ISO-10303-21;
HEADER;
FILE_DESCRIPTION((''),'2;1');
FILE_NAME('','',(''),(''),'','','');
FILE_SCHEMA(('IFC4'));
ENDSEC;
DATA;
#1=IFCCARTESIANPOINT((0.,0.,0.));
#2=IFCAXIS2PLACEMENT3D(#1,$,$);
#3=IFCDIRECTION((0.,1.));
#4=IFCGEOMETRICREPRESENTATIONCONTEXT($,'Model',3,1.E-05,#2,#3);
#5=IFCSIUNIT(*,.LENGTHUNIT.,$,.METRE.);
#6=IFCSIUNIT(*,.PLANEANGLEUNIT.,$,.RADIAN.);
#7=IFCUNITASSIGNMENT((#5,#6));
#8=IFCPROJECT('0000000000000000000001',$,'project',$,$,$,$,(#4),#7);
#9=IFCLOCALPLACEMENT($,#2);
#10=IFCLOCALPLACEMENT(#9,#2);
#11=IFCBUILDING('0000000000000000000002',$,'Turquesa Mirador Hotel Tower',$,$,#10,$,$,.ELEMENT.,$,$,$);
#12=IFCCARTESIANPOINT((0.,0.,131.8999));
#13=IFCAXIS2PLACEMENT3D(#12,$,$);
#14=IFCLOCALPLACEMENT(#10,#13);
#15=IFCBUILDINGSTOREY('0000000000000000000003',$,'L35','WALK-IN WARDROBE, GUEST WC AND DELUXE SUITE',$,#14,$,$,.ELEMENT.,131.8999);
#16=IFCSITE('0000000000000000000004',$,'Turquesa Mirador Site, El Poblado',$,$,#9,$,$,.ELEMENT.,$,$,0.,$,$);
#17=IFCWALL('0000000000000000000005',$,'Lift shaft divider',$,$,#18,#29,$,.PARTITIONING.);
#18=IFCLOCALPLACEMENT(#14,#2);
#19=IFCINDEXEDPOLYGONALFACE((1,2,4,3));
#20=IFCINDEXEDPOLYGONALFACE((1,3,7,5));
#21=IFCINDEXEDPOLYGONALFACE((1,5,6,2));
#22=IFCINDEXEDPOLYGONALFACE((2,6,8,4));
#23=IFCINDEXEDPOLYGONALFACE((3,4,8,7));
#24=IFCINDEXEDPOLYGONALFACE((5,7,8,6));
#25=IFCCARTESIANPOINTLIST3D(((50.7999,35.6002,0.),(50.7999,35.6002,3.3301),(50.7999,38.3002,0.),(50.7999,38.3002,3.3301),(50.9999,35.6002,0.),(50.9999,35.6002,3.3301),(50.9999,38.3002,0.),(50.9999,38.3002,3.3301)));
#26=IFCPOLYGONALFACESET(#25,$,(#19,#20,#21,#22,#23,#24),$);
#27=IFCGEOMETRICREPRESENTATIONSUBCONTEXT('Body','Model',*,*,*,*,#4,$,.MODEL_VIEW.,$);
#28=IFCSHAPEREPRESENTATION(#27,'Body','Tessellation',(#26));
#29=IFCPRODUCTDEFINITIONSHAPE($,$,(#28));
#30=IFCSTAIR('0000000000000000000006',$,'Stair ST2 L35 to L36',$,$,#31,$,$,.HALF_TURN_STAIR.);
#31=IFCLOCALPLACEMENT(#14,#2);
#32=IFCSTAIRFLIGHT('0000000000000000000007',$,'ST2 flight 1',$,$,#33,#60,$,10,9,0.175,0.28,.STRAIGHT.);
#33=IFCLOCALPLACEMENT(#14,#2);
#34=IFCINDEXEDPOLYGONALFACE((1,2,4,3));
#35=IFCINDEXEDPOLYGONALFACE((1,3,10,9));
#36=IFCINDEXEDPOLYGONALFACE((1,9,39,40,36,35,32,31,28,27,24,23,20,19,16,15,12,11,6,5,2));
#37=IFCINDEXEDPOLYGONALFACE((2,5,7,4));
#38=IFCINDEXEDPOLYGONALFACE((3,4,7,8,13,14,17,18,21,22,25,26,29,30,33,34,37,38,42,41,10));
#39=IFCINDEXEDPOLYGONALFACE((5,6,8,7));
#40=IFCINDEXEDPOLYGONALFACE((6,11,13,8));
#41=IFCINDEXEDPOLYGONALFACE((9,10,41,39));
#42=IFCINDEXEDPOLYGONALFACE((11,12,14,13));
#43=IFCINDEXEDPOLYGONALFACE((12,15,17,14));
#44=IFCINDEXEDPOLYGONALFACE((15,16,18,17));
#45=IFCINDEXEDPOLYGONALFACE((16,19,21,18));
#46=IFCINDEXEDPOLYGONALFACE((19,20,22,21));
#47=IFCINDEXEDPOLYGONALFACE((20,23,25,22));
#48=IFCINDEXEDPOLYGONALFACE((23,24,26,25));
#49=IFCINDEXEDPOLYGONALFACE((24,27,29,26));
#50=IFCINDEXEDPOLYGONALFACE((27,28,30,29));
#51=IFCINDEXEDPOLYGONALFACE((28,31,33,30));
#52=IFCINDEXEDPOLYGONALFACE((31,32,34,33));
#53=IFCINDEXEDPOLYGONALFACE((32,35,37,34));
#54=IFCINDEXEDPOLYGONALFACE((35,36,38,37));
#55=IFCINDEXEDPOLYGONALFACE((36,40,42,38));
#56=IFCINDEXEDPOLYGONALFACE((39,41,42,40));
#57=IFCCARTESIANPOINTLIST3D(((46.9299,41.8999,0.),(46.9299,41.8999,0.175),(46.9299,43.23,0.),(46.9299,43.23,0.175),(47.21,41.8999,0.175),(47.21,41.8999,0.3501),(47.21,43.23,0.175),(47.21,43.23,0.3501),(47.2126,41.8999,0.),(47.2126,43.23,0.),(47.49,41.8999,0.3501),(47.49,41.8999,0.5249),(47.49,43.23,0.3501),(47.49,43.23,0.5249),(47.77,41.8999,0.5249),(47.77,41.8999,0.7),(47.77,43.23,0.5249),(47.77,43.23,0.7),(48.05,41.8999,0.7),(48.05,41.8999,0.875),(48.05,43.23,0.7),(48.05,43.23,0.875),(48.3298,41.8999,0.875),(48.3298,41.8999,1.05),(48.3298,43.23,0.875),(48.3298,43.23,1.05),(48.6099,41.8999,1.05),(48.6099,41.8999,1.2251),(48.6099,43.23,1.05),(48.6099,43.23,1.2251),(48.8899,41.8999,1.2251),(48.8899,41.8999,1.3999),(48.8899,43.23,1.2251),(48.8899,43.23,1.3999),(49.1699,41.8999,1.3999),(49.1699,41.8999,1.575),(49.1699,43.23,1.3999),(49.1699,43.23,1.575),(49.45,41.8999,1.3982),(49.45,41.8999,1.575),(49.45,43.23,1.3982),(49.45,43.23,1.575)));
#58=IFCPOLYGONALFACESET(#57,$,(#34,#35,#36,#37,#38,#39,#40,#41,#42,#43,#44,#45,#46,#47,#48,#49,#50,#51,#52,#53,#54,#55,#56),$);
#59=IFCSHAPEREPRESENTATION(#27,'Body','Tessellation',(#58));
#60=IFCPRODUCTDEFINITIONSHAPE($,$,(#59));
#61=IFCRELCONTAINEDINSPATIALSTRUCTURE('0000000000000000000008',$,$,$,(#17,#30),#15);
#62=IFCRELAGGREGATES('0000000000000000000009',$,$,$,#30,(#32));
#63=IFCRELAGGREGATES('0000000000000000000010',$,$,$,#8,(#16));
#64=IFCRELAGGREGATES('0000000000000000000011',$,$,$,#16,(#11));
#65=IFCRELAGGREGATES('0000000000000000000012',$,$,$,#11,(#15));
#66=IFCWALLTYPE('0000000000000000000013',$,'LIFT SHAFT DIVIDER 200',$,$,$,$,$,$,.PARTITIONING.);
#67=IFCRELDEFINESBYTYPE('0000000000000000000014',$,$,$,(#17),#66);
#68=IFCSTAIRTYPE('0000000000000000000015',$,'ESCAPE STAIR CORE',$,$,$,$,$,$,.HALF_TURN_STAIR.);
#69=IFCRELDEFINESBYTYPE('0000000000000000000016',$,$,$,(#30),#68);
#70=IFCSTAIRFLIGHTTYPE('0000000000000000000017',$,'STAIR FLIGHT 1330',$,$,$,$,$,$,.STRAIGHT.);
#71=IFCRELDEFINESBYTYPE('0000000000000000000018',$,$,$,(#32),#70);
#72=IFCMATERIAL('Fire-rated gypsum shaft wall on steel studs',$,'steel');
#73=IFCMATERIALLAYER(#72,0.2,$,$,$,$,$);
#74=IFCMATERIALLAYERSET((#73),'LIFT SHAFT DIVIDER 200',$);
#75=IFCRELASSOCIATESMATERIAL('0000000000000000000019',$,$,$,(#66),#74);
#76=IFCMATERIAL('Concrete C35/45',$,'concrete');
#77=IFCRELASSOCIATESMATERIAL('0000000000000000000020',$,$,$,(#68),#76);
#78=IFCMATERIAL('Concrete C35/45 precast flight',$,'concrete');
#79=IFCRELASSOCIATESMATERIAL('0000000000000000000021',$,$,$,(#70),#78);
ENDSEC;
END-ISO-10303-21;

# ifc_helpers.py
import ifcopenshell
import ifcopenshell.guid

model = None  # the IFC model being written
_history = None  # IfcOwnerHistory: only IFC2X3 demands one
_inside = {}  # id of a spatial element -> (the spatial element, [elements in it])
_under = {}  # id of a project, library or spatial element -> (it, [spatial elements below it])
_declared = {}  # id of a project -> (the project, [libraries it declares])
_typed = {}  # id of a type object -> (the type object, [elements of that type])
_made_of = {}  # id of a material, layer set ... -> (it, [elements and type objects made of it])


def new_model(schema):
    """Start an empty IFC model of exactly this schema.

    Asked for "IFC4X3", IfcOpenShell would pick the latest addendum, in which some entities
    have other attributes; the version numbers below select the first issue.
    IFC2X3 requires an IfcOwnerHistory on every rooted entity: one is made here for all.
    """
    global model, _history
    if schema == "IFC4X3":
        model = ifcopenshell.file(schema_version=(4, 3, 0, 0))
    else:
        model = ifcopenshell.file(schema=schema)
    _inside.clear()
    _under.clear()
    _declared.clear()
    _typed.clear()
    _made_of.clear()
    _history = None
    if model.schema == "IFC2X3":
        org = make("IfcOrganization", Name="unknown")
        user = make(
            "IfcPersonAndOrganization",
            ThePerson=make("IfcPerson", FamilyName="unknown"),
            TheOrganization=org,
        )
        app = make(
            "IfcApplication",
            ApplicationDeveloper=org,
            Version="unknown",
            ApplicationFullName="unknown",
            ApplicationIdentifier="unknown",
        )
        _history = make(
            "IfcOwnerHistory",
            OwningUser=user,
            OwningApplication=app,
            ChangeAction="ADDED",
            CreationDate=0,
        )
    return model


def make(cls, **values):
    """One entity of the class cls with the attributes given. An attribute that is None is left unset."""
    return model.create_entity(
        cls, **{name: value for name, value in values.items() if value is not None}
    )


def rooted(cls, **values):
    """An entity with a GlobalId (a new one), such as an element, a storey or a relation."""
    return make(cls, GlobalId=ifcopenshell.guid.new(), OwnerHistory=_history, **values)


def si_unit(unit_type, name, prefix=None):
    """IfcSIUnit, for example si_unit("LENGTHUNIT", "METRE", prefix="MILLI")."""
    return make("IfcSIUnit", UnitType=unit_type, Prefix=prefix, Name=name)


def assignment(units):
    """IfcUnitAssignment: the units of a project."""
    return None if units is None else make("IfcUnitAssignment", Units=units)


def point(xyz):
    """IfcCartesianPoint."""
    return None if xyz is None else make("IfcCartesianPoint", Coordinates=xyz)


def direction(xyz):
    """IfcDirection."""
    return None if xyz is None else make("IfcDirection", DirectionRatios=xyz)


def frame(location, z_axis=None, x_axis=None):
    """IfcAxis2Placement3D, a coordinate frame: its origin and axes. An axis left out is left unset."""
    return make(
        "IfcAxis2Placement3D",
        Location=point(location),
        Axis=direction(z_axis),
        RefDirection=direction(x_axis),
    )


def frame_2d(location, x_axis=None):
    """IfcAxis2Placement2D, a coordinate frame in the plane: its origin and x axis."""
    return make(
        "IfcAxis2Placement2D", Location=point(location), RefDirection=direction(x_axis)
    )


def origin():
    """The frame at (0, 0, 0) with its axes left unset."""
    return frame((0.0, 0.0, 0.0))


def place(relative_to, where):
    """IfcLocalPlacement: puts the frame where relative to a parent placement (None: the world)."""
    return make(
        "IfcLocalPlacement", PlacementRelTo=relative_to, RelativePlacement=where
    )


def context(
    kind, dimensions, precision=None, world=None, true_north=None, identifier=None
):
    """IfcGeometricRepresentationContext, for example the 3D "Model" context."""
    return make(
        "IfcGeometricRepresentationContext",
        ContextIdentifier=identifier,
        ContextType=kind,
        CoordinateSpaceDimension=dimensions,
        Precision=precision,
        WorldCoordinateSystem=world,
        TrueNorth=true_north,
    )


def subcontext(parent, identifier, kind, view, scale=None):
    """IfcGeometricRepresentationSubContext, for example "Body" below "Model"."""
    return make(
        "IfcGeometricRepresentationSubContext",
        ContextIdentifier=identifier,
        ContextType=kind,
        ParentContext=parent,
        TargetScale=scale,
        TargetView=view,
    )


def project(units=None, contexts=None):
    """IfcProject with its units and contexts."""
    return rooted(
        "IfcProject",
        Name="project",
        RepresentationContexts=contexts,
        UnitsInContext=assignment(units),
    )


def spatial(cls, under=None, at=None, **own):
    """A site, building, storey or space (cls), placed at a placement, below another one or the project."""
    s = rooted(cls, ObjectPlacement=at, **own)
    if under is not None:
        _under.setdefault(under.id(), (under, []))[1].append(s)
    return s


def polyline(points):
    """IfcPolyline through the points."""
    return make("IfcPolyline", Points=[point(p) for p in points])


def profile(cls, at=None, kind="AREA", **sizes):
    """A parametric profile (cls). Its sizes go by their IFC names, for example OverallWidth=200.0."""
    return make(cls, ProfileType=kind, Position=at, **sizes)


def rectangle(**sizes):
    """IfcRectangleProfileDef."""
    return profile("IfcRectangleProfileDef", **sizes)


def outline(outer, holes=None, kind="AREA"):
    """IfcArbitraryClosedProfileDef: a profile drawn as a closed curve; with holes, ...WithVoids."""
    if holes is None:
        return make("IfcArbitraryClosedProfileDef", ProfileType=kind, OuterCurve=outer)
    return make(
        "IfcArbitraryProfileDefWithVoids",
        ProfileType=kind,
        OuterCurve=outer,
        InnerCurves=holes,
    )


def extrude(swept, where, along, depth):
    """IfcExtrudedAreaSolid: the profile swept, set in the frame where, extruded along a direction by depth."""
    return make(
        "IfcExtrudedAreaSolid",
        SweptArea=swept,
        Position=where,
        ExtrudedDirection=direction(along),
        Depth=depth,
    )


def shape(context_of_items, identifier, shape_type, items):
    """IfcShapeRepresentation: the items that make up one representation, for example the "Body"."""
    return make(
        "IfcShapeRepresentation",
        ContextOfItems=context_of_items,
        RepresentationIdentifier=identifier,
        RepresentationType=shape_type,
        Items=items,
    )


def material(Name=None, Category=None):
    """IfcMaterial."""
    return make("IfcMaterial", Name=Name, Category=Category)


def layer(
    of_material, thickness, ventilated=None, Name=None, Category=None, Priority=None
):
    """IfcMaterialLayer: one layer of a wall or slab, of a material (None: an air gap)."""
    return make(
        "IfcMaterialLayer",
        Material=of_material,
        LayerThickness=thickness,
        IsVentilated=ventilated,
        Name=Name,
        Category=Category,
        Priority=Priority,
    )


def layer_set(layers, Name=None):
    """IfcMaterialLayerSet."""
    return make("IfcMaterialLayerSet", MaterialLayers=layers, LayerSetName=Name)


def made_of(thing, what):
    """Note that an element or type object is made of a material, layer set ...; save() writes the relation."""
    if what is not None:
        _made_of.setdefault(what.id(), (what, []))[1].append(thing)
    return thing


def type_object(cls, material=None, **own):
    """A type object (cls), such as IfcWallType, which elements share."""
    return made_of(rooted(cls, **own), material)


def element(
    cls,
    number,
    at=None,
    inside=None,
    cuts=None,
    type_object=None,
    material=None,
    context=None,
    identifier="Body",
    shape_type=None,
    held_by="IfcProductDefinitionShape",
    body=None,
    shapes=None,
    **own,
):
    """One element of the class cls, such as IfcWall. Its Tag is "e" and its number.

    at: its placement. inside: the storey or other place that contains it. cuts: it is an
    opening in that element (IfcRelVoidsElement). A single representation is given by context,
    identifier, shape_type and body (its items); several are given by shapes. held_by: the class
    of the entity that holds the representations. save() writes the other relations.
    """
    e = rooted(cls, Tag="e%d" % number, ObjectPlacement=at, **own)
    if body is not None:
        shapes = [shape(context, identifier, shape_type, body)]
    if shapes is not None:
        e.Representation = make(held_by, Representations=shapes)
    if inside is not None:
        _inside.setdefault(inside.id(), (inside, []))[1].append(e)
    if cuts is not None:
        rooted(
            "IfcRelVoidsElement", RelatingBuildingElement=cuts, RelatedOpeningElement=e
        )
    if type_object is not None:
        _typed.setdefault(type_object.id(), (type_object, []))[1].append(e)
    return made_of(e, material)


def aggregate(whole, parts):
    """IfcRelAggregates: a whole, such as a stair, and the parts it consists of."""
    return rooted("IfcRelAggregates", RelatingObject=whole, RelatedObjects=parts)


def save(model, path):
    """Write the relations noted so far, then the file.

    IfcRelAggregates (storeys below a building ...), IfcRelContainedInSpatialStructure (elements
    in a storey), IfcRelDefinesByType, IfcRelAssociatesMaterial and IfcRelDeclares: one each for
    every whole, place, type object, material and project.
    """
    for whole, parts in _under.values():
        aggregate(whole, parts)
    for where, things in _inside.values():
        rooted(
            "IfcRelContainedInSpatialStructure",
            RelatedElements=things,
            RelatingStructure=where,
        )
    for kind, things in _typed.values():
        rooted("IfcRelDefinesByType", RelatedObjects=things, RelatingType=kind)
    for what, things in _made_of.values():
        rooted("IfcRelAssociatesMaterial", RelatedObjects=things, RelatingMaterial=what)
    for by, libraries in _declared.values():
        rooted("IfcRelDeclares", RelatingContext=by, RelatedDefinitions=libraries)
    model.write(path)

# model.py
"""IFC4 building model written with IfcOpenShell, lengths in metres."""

from ifc_helpers import new_model, si_unit, direction, frame, frame_2d, origin, place, context, subcontext, project, spatial, polyline, rectangle, outline, extrude, material, layer, layer_set, type_object, element, aggregate, save


model = new_model("IFC4")

# Units and contexts
model_context = context("Model", 3, precision=1e-05, world=origin(), true_north=direction((0.0, 1.0)))
body_context = subcontext(model_context, "Body", "Model", "MODEL_VIEW")
ifc_project = project(units=[si_unit("LENGTHUNIT", "METRE"), si_unit("PLANEANGLEUNIT", "RADIAN")], contexts=[model_context])

# Site, building, storey
site_placement = place(None, origin())
site = spatial("IfcSite", under=ifc_project, at=site_placement, Name="Turquesa Mirador Site, El Poblado", CompositionType="ELEMENT", RefElevation=0.0)
building_placement = place(site_placement, origin())
building = spatial("IfcBuilding", under=site, at=building_placement, Name="Turquesa Mirador Hotel Tower", CompositionType="ELEMENT")
storey_placement = place(building_placement, frame((0.0, 0.0, 131.8999)))
storey = spatial("IfcBuildingStorey", under=building, at=storey_placement, Name="L35", Description="WALK-IN WARDROBE, GUEST WC AND DELUXE SUITE", CompositionType="ELEMENT", Elevation=131.8999)

# Wall
ifc_material_1 = material(Name="Fire-rated gypsum shaft wall on steel studs", Category="steel")
ifc_layer_1 = layer(ifc_material_1, 0.2)
ifc_layer_set_1 = layer_set([ifc_layer_1], Name="LIFT SHAFT DIVIDER 200")
wall_type_1 = type_object("IfcWallType", Name="LIFT SHAFT DIVIDER 200", PredefinedType="PARTITIONING", material=ifc_layer_set_1)
for number, where, z_axis, x_axis, name in (
    (1, (50.8999, 35.6001, 0.0), (0.0, 0.0, 1.0), (0.0, 1.0, 0.0), "Lift shaft divider"),
):
    element("IfcWall", number, at=place(storey_placement, frame(where, z_axis=z_axis, x_axis=x_axis)), inside=storey, type_object=wall_type_1, Name=name, PredefinedType="PARTITIONING", context=body_context, shape_type="SweptSolid", body=[
        extrude(rectangle(XDim=2.7, YDim=0.2, at=frame_2d((1.3501, 0.0))), origin(), (0.0, 0.0, 1.0), 3.3301),
    ])

# Stair, stair flight
ifc_material_2 = material(Name="Concrete C35/45", Category="concrete")
stair_type = type_object("IfcStairType", Name="ESCAPE STAIR CORE", PredefinedType="HALF_TURN_STAIR", material=ifc_material_2)
stair_placement = place(storey_placement, origin())
stair = element("IfcStair", 2, at=stair_placement, inside=storey, type_object=stair_type, Name="Stair ST2 L35 to L36", PredefinedType="HALF_TURN_STAIR")
ifc_material_3 = material(Name="Concrete C35/45 precast flight", Category="concrete")
stair_flight_type = type_object("IfcStairFlightType", Name="STAIR FLIGHT 1330", PredefinedType="STRAIGHT", material=ifc_material_3)
stair_flight_placement = place(storey_placement, frame((46.9299, 42.5649, 0.0), z_axis=(0.0, 0.0, 1.0), x_axis=(1.0, 0.0, 0.0)))
stair_flight = element("IfcStairFlight", 3, at=stair_flight_placement, type_object=stair_flight_type, Name="ST2 flight 1", NumberOfRisers=10, NumberOfTreads=9, PredefinedType="STRAIGHT", RiserHeight=0.175, TreadLength=0.28, context=body_context, shape_type="SweptSolid", body=[
    extrude(outline(polyline([(0.0, 0.0), (0.0, 0.175), (0.28, 0.175), (0.28, 0.3501), (0.5601, 0.3501), (0.5601, 0.5249), (0.8401, 0.5249), (0.8401, 0.7), (1.1201, 0.7), (1.1201, 0.875), (1.3999, 0.875), (1.3999, 1.05), (1.6799, 1.05), (1.6799, 1.2251), (1.96, 1.2251), (1.96, 1.3999), (2.24, 1.3999), (2.24, 1.575), (2.52, 1.575), (2.52, 1.75), (2.52, 1.3982), (0.2827, 0.0), (0.0, 0.0)])), frame((0.0, 0.665, 0.0), z_axis=(0.0, -1.0, 0.0), x_axis=(1.0, 0.0, 0.0)), (0.0, 0.0, 1.0), 1.3301),
])
aggregate(stair, [stair_flight])

save(model, "model.ifc")
